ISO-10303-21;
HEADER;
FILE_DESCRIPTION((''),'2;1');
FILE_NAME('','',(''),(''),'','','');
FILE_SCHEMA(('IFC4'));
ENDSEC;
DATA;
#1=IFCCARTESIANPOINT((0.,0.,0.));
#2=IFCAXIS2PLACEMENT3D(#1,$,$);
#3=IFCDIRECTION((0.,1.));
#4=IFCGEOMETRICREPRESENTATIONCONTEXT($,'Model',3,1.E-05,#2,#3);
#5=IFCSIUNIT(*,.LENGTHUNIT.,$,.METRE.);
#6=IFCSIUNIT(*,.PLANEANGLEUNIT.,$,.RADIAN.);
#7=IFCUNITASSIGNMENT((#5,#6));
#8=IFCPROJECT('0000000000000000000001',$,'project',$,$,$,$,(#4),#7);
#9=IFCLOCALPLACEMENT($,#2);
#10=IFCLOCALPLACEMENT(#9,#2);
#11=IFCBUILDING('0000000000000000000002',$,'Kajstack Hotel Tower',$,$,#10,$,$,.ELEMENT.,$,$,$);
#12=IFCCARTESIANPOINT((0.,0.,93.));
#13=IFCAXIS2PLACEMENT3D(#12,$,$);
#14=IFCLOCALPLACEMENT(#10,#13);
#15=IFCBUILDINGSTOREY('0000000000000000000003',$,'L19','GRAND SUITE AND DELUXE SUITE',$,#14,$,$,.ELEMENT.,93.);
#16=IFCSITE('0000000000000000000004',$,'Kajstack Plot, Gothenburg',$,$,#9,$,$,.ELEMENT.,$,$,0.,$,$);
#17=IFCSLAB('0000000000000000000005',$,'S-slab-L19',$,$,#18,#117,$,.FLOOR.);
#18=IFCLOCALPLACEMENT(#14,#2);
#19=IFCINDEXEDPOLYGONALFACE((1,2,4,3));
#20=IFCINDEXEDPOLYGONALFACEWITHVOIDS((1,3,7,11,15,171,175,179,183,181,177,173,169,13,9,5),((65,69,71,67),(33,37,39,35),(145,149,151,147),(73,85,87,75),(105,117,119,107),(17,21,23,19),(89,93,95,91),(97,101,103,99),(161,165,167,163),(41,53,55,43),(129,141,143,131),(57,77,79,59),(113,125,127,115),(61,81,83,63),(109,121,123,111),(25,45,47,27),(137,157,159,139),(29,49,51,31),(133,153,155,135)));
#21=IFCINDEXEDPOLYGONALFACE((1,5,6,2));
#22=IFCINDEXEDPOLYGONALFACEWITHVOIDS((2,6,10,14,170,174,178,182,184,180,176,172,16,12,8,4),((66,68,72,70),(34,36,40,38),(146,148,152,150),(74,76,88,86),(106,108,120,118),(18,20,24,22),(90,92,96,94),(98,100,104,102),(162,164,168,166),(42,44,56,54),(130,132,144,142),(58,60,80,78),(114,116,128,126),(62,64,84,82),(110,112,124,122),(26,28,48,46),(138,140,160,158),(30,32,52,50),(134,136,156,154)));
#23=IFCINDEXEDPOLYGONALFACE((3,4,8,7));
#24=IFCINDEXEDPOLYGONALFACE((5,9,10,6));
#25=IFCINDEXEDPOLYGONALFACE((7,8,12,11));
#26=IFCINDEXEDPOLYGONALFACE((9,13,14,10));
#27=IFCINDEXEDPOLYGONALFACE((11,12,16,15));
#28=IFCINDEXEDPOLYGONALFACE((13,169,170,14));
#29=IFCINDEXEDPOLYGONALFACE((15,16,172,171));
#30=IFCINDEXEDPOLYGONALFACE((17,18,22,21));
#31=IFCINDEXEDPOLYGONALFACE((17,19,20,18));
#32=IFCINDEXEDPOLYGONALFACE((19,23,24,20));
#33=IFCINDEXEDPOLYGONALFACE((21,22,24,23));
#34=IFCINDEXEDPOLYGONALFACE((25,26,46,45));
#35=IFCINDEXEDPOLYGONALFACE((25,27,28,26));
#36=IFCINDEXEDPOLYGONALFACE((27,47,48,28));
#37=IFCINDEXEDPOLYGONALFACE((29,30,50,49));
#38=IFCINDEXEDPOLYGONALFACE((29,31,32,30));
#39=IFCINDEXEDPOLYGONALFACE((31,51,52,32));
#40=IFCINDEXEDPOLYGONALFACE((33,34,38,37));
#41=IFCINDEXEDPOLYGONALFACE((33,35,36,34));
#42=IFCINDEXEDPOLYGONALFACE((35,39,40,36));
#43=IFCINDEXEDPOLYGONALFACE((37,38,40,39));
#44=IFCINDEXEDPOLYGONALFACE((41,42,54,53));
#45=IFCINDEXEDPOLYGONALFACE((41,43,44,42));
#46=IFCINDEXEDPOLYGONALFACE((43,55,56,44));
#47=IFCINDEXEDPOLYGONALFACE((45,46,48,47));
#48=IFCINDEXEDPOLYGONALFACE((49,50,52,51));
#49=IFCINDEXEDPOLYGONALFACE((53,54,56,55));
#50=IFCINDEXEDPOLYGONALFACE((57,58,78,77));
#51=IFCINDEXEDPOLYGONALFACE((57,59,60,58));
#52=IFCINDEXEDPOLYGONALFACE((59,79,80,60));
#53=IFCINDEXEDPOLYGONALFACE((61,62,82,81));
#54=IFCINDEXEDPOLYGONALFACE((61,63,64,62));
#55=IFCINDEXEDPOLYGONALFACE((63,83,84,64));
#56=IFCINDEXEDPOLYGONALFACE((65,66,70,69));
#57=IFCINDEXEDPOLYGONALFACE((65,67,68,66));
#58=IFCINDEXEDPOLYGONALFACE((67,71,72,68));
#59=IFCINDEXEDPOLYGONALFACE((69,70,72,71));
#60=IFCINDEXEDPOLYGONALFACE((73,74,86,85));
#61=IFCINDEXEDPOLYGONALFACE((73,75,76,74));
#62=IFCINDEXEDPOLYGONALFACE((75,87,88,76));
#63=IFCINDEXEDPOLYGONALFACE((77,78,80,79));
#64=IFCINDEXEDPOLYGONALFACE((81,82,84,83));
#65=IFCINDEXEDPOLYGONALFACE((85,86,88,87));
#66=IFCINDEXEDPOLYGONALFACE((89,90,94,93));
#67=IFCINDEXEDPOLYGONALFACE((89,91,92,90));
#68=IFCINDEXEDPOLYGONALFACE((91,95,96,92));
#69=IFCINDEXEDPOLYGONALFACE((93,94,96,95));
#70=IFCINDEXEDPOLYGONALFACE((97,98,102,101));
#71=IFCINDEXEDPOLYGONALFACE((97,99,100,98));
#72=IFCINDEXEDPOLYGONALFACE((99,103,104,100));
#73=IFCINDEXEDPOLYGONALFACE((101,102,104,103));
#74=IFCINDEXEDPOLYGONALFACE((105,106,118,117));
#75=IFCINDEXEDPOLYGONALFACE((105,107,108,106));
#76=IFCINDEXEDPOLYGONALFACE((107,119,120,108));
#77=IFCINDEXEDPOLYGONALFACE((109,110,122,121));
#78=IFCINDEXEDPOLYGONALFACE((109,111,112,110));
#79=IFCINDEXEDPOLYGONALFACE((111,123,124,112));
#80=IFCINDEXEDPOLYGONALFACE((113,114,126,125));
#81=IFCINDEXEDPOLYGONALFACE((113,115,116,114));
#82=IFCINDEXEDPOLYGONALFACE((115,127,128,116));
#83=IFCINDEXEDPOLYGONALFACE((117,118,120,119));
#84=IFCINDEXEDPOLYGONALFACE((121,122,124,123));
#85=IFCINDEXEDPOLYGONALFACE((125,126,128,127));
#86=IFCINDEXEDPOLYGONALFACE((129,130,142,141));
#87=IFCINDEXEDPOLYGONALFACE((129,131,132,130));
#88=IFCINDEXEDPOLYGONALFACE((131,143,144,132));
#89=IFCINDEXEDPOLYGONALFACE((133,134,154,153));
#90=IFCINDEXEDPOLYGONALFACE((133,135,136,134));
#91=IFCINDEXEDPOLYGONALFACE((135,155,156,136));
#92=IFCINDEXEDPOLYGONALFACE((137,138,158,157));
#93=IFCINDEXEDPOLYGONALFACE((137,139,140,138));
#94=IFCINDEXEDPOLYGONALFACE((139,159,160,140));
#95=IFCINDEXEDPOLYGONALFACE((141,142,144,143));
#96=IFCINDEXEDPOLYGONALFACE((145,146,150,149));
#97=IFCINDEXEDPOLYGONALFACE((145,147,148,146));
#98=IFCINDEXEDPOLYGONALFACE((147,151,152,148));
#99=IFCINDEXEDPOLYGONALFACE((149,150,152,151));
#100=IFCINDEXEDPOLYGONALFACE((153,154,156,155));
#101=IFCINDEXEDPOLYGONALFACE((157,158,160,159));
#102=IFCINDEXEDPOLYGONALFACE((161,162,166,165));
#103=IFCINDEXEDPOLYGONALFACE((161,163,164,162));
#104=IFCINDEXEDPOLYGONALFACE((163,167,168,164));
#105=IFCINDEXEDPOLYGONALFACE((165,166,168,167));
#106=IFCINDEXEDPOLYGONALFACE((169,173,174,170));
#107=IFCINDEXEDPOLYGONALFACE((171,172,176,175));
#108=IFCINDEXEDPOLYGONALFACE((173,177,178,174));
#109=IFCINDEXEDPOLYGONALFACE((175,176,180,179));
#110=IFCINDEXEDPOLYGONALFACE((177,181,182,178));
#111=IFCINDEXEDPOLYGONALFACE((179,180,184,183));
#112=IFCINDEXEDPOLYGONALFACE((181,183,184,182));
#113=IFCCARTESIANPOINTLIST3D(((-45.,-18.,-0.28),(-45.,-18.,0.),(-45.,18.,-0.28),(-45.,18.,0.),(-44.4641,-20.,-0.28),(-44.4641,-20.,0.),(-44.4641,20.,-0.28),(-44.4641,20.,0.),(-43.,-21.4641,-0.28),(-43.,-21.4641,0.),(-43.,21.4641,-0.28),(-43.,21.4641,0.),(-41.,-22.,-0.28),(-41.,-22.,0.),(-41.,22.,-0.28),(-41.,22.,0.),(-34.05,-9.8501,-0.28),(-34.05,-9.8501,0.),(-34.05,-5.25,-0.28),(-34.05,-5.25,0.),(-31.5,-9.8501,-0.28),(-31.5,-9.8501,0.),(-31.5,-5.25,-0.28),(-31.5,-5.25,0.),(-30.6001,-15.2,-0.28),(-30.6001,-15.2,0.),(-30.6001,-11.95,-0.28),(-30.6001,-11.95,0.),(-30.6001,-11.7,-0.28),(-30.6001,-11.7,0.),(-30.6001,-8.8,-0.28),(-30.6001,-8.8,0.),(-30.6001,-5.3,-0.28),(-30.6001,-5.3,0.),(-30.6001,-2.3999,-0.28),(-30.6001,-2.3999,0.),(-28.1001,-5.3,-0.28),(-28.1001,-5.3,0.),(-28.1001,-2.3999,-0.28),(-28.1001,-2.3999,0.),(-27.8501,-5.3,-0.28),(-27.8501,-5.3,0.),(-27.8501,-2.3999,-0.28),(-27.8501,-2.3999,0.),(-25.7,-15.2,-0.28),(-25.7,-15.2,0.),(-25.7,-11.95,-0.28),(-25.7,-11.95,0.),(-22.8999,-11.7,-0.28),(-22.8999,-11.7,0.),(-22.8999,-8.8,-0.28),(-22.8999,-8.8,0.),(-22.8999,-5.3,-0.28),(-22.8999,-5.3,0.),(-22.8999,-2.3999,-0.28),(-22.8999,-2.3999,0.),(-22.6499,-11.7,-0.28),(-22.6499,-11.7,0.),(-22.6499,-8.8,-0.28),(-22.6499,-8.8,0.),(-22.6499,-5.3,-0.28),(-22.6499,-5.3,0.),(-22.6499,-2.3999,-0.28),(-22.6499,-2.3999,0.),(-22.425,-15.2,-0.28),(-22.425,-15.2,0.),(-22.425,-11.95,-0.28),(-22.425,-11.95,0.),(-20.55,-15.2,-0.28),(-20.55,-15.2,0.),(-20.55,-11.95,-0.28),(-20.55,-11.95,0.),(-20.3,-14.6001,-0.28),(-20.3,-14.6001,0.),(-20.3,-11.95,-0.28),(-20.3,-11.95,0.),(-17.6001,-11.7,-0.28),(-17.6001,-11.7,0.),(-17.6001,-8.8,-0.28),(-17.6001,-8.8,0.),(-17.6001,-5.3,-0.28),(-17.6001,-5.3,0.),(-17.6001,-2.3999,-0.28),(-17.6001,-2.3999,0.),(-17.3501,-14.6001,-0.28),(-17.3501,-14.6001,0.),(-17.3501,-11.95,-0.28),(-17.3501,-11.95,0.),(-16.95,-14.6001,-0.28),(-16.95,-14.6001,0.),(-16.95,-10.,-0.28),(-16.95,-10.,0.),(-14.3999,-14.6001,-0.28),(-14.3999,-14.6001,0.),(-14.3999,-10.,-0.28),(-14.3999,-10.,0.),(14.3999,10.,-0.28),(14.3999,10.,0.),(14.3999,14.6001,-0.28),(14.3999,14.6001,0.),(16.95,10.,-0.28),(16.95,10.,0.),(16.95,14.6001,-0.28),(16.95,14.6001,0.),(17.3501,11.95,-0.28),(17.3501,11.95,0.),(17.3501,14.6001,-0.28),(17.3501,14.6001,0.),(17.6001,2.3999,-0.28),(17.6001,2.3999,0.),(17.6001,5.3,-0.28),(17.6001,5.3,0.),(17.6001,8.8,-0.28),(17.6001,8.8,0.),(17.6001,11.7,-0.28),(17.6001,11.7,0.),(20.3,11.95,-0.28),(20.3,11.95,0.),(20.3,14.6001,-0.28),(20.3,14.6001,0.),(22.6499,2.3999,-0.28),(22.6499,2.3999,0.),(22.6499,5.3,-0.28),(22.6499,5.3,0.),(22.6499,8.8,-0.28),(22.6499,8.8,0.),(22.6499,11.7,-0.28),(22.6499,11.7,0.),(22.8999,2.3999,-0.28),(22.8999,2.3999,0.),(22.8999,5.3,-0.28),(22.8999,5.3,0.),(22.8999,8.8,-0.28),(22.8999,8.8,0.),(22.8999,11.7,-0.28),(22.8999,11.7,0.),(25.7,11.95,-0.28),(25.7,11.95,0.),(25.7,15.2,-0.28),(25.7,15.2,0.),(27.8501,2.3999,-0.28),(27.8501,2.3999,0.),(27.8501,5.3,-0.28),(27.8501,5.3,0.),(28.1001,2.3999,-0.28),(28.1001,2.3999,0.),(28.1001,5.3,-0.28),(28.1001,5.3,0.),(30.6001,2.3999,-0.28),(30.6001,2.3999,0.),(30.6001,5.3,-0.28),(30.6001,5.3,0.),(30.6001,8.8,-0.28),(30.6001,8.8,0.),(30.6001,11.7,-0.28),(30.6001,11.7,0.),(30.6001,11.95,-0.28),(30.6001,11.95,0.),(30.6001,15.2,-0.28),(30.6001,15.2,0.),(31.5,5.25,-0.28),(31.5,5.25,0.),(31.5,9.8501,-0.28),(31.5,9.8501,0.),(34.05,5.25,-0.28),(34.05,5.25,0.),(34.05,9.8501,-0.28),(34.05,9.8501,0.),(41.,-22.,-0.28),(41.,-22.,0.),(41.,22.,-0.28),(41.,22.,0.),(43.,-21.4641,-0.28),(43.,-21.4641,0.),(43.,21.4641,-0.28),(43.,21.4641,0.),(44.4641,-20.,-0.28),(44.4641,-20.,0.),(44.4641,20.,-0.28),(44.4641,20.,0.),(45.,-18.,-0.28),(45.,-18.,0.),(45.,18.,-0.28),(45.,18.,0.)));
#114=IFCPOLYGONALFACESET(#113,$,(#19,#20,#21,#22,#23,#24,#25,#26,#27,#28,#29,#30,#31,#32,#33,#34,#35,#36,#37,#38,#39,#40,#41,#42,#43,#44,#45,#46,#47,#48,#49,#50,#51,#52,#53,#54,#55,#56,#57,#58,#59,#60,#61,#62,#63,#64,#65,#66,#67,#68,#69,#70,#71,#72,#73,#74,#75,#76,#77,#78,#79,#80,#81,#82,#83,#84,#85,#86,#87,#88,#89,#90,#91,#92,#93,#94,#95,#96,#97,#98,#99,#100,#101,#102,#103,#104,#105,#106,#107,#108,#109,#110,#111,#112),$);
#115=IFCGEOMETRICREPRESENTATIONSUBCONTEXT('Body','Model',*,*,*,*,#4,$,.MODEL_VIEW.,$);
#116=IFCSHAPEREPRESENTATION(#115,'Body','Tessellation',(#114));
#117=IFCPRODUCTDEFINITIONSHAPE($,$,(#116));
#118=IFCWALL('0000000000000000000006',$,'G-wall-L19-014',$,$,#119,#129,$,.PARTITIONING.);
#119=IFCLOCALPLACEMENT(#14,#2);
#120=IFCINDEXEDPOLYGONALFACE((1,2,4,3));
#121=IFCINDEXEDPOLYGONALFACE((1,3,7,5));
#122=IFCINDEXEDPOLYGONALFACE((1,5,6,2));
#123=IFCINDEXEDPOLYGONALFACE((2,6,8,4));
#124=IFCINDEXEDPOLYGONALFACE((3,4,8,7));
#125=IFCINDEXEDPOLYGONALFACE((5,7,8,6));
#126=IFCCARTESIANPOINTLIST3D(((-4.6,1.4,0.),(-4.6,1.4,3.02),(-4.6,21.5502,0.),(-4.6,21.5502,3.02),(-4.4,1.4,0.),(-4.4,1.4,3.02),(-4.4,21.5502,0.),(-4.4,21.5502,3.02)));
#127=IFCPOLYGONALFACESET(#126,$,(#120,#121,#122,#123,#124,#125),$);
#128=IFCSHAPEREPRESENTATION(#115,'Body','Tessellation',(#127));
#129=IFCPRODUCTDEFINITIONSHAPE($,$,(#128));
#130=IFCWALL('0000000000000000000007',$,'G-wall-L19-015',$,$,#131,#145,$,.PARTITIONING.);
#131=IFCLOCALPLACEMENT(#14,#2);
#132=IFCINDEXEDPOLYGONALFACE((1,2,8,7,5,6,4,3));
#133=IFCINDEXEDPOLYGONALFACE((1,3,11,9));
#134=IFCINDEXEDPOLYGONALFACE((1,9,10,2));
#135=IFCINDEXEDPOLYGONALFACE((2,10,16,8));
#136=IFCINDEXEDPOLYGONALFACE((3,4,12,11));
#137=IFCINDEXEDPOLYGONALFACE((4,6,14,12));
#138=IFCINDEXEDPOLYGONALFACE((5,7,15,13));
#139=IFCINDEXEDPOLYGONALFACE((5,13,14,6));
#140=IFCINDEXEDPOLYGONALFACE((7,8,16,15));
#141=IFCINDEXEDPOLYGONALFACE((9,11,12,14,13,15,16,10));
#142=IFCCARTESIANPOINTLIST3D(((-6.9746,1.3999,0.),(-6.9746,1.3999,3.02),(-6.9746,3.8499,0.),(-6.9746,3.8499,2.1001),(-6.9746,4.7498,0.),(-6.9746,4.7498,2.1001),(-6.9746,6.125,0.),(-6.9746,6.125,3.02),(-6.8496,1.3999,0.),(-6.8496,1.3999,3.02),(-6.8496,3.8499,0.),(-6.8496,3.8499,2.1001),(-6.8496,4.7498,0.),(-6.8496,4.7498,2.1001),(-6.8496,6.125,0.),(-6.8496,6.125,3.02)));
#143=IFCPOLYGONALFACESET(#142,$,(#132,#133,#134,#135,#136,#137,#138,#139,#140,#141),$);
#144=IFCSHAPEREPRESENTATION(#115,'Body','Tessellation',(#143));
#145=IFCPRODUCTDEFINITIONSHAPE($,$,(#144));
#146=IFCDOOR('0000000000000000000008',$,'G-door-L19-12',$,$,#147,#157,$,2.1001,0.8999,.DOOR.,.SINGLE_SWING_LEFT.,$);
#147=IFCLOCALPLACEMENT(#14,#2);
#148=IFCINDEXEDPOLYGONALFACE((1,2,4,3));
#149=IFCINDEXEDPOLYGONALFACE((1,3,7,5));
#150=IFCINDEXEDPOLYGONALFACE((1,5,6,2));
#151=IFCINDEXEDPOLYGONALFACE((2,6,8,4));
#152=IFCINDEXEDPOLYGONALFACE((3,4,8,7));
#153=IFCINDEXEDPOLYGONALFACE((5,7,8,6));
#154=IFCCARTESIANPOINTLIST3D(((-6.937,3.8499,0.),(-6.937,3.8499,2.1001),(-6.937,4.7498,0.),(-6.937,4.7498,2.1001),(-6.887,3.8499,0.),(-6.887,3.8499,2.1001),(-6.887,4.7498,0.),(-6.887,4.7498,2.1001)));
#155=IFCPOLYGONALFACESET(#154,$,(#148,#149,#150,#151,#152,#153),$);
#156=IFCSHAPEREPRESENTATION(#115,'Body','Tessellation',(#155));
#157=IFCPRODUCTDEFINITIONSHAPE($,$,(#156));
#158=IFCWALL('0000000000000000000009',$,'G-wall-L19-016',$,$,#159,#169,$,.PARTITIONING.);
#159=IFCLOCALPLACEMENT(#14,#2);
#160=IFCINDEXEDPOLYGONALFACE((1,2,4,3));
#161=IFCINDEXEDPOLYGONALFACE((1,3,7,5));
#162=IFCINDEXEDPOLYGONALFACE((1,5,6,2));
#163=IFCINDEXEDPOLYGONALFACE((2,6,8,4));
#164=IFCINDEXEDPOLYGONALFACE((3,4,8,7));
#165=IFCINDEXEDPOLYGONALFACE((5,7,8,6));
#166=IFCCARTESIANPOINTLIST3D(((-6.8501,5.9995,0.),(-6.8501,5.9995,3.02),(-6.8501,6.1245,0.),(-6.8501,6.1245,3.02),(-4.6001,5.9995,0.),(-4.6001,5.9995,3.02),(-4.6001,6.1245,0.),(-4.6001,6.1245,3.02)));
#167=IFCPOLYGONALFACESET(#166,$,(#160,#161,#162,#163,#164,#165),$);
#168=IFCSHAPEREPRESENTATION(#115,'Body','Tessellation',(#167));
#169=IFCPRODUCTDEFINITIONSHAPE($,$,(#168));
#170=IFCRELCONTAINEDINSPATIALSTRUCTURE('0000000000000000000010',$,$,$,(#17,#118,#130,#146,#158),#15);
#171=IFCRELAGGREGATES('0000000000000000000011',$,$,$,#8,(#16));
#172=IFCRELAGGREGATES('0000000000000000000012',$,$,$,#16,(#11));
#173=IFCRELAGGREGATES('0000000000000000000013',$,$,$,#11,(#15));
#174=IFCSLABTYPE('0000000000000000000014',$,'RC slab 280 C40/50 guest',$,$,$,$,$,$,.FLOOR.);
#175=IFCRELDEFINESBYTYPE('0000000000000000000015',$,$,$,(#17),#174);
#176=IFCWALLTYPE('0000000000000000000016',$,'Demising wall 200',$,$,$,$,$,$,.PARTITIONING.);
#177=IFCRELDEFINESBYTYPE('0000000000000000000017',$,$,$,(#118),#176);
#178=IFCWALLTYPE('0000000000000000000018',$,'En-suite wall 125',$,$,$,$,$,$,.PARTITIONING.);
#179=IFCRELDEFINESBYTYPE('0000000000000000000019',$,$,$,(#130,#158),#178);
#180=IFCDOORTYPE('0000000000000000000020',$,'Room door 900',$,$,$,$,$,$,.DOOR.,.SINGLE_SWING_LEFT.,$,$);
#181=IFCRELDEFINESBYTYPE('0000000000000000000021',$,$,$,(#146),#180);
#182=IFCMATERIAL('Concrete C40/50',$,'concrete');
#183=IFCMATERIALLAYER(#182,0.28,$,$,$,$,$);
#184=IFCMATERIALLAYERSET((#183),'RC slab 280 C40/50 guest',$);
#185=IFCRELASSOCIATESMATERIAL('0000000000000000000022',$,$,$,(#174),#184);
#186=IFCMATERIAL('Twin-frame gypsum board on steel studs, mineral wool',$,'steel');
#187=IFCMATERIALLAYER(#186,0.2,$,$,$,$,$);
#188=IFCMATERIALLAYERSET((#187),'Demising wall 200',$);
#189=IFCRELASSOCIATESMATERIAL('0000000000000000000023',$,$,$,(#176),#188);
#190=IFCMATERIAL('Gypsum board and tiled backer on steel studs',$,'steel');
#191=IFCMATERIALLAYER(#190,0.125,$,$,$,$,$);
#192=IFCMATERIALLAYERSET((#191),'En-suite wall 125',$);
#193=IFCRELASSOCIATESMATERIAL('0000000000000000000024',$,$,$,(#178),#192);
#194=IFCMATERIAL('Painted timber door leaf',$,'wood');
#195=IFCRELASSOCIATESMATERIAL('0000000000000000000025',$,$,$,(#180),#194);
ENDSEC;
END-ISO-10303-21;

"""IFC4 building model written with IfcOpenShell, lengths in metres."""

from ifc_helpers import new_model, si_unit, direction, frame, frame_2d, origin, place, context, subcontext, project, spatial, polyline, rectangle, outline, extrude, material, layer, layer_set, type_object, element, fill, save


model = new_model("IFC4")

# Units and contexts
model_context = context("Model", 3, precision=1e-05, world=origin(), true_north=direction((0.0, 1.0)))
body_context = subcontext(model_context, "Body", "Model", "MODEL_VIEW")
ifc_project = project(units=[si_unit("LENGTHUNIT", "METRE"), si_unit("PLANEANGLEUNIT", "RADIAN")], contexts=[model_context])

# Site, building, storey
site_placement = place(None, origin())
site = spatial("IfcSite", under=ifc_project, at=site_placement, Name="Kajstack Plot, Gothenburg", CompositionType="ELEMENT", RefElevation=0.0)
building_placement = place(site_placement, origin())
building = spatial("IfcBuilding", under=site, at=building_placement, Name="Kajstack Hotel Tower", CompositionType="ELEMENT")
storey_placement = place(building_placement, frame((0.0, 0.0, 93.0)))
storey = spatial("IfcBuildingStorey", under=building, at=storey_placement, Name="L19", Description="GRAND SUITE AND DELUXE SUITE", CompositionType="ELEMENT", Elevation=93.0)

# Slab
ifc_material_1 = material(Name="Concrete C40/50", Category="concrete")
ifc_layer_1 = layer(ifc_material_1, 0.28)
ifc_layer_set_1 = layer_set([ifc_layer_1], Name="RC slab 280 C40/50 guest")
slab_type = type_object("IfcSlabType", Name="RC slab 280 C40/50 guest", PredefinedType="FLOOR", material=ifc_layer_set_1)
slab_placement = place(storey_placement, frame((0.0, 0.0, -0.28)))
element("IfcSlab", 1, at=slab_placement, inside=storey, type_object=slab_type, Name="S-slab-L19", PredefinedType="FLOOR", context=body_context, shape_type="SweptSolid", body=[
    extrude(outline(polyline([(-45.0, -18.0), (-44.4641, -20.0), (-43.0, -21.4641), (-41.0, -22.0), (41.0, -22.0), (43.0, -21.4641), (44.4641, -20.0), (45.0, -18.0), (45.0, 18.0), (44.4641, 20.0), (43.0, 21.4641), (41.0, 22.0), (-41.0, 22.0), (-43.0, 21.4641), (-44.4641, 20.0), (-45.0, 18.0), (-45.0, -18.0)]), holes=[polyline([(-30.6001, -11.7), (-30.6001, -8.8), (-22.8999, -8.8), (-22.8999, -11.7), (-30.6001, -11.7)]), polyline([(-22.6499, -11.7), (-22.6499, -8.8), (-17.6001, -8.8), (-17.6001, -11.7), (-22.6499, -11.7)]), polyline([(-27.8501, -5.3), (-27.8501, -2.3999), (-22.8999, -2.3999), (-22.8999, -5.3), (-27.8501, -5.3)]), polyline([(-22.6499, -5.3), (-22.6499, -2.3999), (-17.6001, -2.3999), (-17.6001, -5.3), (-22.6499, -5.3)]), polyline([(-20.3, -14.6001), (-17.3501, -14.6001), (-17.3501, -11.95), (-20.3, -11.95), (-20.3, -14.6001)]), polyline([(-30.6001, -5.3), (-28.1001, -5.3), (-28.1001, -2.3999), (-30.6001, -2.3999), (-30.6001, -5.3)]), polyline([(22.8999, 8.8), (22.8999, 11.7), (30.6001, 11.7), (30.6001, 8.8), (22.8999, 8.8)]), polyline([(17.6001, 8.8), (17.6001, 11.7), (22.6499, 11.7), (22.6499, 8.8), (17.6001, 8.8)]), polyline([(22.8999, 2.3999), (22.8999, 5.3), (27.8501, 5.3), (27.8501, 2.3999), (22.8999, 2.3999)]), polyline([(17.6001, 2.3999), (17.6001, 5.3), (22.6499, 5.3), (22.6499, 2.3999), (17.6001, 2.3999)]), polyline([(20.3, 14.6001), (17.3501, 14.6001), (17.3501, 11.95), (20.3, 11.95), (20.3, 14.6001)]), polyline([(30.6001, 5.3), (28.1001, 5.3), (28.1001, 2.3999), (30.6001, 2.3999), (30.6001, 5.3)]), polyline([(-34.05, -9.8501), (-31.5, -9.8501), (-31.5, -5.25), (-34.05, -5.25), (-34.05, -9.8501)]), polyline([(-16.95, -14.6001), (-14.3999, -14.6001), (-14.3999, -10.0), (-16.95, -10.0), (-16.95, -14.6001)]), polyline([(-30.6001, -15.2), (-25.7, -15.2), (-25.7, -11.95), (-30.6001, -11.95), (-30.6001, -15.2)]), polyline([(34.05, 9.8501), (31.5, 9.8501), (31.5, 5.25), (34.05, 5.25), (34.05, 9.8501)]), polyline([(16.95, 14.6001), (14.3999, 14.6001), (14.3999, 10.0), (16.95, 10.0), (16.95, 14.6001)]), polyline([(30.6001, 15.2), (25.7, 15.2), (25.7, 11.95), (30.6001, 11.95), (30.6001, 15.2)]), polyline([(-22.425, -15.2), (-22.425, -11.95), (-20.55, -11.95), (-20.55, -15.2), (-22.425, -15.2)])]), origin(), (0.0, 0.0, 1.0), 0.28),
])

# Wall
ifc_material_2 = material(Name="Twin-frame gypsum board on steel studs, mineral wool", Category="steel")
ifc_layer_2 = layer(ifc_material_2, 0.2)
ifc_layer_set_2 = layer_set([ifc_layer_2], Name="Demising wall 200")
wall_type_1 = type_object("IfcWallType", Name="Demising wall 200", PredefinedType="PARTITIONING", material=ifc_layer_set_2)
wall_1_placement = place(storey_placement, frame((-4.5, 1.3999, 0.0), z_axis=(0.0, 0.0, 1.0), x_axis=(0.0, 1.0, 0.0)))
element("IfcWall", 2, at=wall_1_placement, inside=storey, type_object=wall_type_1, Name="G-wall-L19-014", PredefinedType="PARTITIONING", context=body_context, shape_type="SweptSolid", body=[
    extrude(rectangle(XDim=20.1501, YDim=0.2, at=frame_2d((10.0752, 0.0))), origin(), (0.0, 0.0, 1.0), 3.02),
])

# Wall, opening, door
ifc_material_3 = material(Name="Gypsum board and tiled backer on steel studs", Category="steel")
ifc_layer_3 = layer(ifc_material_3, 0.125)
ifc_layer_set_3 = layer_set([ifc_layer_3], Name="En-suite wall 125")
wall_type_2 = type_object("IfcWallType", Name="En-suite wall 125", PredefinedType="PARTITIONING", material=ifc_layer_set_3)
wall_2_placement = place(storey_placement, frame((-6.9121, 1.3999, 0.0), z_axis=(0.0, 0.0, 1.0), x_axis=(0.0, 1.0, 0.0)))
wall_2 = element("IfcWall", 3, at=wall_2_placement, inside=storey, type_object=wall_type_2, Name="G-wall-L19-015", PredefinedType="PARTITIONING", context=body_context, shape_type="SweptSolid", body=[
    extrude(rectangle(XDim=4.7251, YDim=0.125, at=frame_2d((2.3625, 0.0))), origin(), (0.0, 0.0, 1.0), 3.02),
])
opening_1_placement = place(wall_2_placement, frame((2.45, 0.0, 0.0)))
opening_1 = element("IfcOpeningElement", 4, at=opening_1_placement, cuts=wall_2, PredefinedType="OPENING", context=body_context, shape_type="SweptSolid", body=[
    extrude(rectangle(XDim=0.8999, YDim=2.1001, at=frame_2d((0.45, 1.05))), frame((0.0, 0.0725, 0.0), z_axis=(0.0, -1.0, 0.0), x_axis=(1.0, 0.0, 0.0)), (0.0, 0.0, 1.0), 0.145),
])
ifc_material_4 = material(Name="Painted timber door leaf", Category="wood")
door_type = type_object("IfcDoorType", Name="Room door 900", OperationType="SINGLE_SWING_LEFT", PredefinedType="DOOR", material=ifc_material_4)
door_1_placement = place(opening_1_placement, origin())
door_1 = element("IfcDoor", 5, at=door_1_placement, inside=storey, type_object=door_type, Name="G-door-L19-12", OperationType="SINGLE_SWING_LEFT", OverallHeight=2.1001, OverallWidth=0.8999, PredefinedType="DOOR", context=body_context, shape_type="SweptSolid", body=[
    extrude(rectangle(XDim=0.8999, YDim=2.1001, at=frame_2d((0.45, 1.05))), frame((0.0, 0.0249, 0.0), z_axis=(0.0, -1.0, 0.0), x_axis=(1.0, 0.0, 0.0)), (0.0, 0.0, 1.0), 0.05),
])
fill(opening_1, door_1)

# Wall
wall_3_placement = place(storey_placement, frame((-6.8501, 6.062, 0.0), z_axis=(0.0, 0.0, 1.0), x_axis=(1.0, 0.0, 0.0)))
element("IfcWall", 6, at=wall_3_placement, inside=storey, type_object=wall_type_2, Name="G-wall-L19-016", PredefinedType="PARTITIONING", context=body_context, shape_type="SweptSolid", body=[
    extrude(rectangle(XDim=2.25, YDim=0.125, at=frame_2d((1.125, 0.0))), origin(), (0.0, 0.0, 1.0), 3.02),
])

save(model, "model.ifc")
